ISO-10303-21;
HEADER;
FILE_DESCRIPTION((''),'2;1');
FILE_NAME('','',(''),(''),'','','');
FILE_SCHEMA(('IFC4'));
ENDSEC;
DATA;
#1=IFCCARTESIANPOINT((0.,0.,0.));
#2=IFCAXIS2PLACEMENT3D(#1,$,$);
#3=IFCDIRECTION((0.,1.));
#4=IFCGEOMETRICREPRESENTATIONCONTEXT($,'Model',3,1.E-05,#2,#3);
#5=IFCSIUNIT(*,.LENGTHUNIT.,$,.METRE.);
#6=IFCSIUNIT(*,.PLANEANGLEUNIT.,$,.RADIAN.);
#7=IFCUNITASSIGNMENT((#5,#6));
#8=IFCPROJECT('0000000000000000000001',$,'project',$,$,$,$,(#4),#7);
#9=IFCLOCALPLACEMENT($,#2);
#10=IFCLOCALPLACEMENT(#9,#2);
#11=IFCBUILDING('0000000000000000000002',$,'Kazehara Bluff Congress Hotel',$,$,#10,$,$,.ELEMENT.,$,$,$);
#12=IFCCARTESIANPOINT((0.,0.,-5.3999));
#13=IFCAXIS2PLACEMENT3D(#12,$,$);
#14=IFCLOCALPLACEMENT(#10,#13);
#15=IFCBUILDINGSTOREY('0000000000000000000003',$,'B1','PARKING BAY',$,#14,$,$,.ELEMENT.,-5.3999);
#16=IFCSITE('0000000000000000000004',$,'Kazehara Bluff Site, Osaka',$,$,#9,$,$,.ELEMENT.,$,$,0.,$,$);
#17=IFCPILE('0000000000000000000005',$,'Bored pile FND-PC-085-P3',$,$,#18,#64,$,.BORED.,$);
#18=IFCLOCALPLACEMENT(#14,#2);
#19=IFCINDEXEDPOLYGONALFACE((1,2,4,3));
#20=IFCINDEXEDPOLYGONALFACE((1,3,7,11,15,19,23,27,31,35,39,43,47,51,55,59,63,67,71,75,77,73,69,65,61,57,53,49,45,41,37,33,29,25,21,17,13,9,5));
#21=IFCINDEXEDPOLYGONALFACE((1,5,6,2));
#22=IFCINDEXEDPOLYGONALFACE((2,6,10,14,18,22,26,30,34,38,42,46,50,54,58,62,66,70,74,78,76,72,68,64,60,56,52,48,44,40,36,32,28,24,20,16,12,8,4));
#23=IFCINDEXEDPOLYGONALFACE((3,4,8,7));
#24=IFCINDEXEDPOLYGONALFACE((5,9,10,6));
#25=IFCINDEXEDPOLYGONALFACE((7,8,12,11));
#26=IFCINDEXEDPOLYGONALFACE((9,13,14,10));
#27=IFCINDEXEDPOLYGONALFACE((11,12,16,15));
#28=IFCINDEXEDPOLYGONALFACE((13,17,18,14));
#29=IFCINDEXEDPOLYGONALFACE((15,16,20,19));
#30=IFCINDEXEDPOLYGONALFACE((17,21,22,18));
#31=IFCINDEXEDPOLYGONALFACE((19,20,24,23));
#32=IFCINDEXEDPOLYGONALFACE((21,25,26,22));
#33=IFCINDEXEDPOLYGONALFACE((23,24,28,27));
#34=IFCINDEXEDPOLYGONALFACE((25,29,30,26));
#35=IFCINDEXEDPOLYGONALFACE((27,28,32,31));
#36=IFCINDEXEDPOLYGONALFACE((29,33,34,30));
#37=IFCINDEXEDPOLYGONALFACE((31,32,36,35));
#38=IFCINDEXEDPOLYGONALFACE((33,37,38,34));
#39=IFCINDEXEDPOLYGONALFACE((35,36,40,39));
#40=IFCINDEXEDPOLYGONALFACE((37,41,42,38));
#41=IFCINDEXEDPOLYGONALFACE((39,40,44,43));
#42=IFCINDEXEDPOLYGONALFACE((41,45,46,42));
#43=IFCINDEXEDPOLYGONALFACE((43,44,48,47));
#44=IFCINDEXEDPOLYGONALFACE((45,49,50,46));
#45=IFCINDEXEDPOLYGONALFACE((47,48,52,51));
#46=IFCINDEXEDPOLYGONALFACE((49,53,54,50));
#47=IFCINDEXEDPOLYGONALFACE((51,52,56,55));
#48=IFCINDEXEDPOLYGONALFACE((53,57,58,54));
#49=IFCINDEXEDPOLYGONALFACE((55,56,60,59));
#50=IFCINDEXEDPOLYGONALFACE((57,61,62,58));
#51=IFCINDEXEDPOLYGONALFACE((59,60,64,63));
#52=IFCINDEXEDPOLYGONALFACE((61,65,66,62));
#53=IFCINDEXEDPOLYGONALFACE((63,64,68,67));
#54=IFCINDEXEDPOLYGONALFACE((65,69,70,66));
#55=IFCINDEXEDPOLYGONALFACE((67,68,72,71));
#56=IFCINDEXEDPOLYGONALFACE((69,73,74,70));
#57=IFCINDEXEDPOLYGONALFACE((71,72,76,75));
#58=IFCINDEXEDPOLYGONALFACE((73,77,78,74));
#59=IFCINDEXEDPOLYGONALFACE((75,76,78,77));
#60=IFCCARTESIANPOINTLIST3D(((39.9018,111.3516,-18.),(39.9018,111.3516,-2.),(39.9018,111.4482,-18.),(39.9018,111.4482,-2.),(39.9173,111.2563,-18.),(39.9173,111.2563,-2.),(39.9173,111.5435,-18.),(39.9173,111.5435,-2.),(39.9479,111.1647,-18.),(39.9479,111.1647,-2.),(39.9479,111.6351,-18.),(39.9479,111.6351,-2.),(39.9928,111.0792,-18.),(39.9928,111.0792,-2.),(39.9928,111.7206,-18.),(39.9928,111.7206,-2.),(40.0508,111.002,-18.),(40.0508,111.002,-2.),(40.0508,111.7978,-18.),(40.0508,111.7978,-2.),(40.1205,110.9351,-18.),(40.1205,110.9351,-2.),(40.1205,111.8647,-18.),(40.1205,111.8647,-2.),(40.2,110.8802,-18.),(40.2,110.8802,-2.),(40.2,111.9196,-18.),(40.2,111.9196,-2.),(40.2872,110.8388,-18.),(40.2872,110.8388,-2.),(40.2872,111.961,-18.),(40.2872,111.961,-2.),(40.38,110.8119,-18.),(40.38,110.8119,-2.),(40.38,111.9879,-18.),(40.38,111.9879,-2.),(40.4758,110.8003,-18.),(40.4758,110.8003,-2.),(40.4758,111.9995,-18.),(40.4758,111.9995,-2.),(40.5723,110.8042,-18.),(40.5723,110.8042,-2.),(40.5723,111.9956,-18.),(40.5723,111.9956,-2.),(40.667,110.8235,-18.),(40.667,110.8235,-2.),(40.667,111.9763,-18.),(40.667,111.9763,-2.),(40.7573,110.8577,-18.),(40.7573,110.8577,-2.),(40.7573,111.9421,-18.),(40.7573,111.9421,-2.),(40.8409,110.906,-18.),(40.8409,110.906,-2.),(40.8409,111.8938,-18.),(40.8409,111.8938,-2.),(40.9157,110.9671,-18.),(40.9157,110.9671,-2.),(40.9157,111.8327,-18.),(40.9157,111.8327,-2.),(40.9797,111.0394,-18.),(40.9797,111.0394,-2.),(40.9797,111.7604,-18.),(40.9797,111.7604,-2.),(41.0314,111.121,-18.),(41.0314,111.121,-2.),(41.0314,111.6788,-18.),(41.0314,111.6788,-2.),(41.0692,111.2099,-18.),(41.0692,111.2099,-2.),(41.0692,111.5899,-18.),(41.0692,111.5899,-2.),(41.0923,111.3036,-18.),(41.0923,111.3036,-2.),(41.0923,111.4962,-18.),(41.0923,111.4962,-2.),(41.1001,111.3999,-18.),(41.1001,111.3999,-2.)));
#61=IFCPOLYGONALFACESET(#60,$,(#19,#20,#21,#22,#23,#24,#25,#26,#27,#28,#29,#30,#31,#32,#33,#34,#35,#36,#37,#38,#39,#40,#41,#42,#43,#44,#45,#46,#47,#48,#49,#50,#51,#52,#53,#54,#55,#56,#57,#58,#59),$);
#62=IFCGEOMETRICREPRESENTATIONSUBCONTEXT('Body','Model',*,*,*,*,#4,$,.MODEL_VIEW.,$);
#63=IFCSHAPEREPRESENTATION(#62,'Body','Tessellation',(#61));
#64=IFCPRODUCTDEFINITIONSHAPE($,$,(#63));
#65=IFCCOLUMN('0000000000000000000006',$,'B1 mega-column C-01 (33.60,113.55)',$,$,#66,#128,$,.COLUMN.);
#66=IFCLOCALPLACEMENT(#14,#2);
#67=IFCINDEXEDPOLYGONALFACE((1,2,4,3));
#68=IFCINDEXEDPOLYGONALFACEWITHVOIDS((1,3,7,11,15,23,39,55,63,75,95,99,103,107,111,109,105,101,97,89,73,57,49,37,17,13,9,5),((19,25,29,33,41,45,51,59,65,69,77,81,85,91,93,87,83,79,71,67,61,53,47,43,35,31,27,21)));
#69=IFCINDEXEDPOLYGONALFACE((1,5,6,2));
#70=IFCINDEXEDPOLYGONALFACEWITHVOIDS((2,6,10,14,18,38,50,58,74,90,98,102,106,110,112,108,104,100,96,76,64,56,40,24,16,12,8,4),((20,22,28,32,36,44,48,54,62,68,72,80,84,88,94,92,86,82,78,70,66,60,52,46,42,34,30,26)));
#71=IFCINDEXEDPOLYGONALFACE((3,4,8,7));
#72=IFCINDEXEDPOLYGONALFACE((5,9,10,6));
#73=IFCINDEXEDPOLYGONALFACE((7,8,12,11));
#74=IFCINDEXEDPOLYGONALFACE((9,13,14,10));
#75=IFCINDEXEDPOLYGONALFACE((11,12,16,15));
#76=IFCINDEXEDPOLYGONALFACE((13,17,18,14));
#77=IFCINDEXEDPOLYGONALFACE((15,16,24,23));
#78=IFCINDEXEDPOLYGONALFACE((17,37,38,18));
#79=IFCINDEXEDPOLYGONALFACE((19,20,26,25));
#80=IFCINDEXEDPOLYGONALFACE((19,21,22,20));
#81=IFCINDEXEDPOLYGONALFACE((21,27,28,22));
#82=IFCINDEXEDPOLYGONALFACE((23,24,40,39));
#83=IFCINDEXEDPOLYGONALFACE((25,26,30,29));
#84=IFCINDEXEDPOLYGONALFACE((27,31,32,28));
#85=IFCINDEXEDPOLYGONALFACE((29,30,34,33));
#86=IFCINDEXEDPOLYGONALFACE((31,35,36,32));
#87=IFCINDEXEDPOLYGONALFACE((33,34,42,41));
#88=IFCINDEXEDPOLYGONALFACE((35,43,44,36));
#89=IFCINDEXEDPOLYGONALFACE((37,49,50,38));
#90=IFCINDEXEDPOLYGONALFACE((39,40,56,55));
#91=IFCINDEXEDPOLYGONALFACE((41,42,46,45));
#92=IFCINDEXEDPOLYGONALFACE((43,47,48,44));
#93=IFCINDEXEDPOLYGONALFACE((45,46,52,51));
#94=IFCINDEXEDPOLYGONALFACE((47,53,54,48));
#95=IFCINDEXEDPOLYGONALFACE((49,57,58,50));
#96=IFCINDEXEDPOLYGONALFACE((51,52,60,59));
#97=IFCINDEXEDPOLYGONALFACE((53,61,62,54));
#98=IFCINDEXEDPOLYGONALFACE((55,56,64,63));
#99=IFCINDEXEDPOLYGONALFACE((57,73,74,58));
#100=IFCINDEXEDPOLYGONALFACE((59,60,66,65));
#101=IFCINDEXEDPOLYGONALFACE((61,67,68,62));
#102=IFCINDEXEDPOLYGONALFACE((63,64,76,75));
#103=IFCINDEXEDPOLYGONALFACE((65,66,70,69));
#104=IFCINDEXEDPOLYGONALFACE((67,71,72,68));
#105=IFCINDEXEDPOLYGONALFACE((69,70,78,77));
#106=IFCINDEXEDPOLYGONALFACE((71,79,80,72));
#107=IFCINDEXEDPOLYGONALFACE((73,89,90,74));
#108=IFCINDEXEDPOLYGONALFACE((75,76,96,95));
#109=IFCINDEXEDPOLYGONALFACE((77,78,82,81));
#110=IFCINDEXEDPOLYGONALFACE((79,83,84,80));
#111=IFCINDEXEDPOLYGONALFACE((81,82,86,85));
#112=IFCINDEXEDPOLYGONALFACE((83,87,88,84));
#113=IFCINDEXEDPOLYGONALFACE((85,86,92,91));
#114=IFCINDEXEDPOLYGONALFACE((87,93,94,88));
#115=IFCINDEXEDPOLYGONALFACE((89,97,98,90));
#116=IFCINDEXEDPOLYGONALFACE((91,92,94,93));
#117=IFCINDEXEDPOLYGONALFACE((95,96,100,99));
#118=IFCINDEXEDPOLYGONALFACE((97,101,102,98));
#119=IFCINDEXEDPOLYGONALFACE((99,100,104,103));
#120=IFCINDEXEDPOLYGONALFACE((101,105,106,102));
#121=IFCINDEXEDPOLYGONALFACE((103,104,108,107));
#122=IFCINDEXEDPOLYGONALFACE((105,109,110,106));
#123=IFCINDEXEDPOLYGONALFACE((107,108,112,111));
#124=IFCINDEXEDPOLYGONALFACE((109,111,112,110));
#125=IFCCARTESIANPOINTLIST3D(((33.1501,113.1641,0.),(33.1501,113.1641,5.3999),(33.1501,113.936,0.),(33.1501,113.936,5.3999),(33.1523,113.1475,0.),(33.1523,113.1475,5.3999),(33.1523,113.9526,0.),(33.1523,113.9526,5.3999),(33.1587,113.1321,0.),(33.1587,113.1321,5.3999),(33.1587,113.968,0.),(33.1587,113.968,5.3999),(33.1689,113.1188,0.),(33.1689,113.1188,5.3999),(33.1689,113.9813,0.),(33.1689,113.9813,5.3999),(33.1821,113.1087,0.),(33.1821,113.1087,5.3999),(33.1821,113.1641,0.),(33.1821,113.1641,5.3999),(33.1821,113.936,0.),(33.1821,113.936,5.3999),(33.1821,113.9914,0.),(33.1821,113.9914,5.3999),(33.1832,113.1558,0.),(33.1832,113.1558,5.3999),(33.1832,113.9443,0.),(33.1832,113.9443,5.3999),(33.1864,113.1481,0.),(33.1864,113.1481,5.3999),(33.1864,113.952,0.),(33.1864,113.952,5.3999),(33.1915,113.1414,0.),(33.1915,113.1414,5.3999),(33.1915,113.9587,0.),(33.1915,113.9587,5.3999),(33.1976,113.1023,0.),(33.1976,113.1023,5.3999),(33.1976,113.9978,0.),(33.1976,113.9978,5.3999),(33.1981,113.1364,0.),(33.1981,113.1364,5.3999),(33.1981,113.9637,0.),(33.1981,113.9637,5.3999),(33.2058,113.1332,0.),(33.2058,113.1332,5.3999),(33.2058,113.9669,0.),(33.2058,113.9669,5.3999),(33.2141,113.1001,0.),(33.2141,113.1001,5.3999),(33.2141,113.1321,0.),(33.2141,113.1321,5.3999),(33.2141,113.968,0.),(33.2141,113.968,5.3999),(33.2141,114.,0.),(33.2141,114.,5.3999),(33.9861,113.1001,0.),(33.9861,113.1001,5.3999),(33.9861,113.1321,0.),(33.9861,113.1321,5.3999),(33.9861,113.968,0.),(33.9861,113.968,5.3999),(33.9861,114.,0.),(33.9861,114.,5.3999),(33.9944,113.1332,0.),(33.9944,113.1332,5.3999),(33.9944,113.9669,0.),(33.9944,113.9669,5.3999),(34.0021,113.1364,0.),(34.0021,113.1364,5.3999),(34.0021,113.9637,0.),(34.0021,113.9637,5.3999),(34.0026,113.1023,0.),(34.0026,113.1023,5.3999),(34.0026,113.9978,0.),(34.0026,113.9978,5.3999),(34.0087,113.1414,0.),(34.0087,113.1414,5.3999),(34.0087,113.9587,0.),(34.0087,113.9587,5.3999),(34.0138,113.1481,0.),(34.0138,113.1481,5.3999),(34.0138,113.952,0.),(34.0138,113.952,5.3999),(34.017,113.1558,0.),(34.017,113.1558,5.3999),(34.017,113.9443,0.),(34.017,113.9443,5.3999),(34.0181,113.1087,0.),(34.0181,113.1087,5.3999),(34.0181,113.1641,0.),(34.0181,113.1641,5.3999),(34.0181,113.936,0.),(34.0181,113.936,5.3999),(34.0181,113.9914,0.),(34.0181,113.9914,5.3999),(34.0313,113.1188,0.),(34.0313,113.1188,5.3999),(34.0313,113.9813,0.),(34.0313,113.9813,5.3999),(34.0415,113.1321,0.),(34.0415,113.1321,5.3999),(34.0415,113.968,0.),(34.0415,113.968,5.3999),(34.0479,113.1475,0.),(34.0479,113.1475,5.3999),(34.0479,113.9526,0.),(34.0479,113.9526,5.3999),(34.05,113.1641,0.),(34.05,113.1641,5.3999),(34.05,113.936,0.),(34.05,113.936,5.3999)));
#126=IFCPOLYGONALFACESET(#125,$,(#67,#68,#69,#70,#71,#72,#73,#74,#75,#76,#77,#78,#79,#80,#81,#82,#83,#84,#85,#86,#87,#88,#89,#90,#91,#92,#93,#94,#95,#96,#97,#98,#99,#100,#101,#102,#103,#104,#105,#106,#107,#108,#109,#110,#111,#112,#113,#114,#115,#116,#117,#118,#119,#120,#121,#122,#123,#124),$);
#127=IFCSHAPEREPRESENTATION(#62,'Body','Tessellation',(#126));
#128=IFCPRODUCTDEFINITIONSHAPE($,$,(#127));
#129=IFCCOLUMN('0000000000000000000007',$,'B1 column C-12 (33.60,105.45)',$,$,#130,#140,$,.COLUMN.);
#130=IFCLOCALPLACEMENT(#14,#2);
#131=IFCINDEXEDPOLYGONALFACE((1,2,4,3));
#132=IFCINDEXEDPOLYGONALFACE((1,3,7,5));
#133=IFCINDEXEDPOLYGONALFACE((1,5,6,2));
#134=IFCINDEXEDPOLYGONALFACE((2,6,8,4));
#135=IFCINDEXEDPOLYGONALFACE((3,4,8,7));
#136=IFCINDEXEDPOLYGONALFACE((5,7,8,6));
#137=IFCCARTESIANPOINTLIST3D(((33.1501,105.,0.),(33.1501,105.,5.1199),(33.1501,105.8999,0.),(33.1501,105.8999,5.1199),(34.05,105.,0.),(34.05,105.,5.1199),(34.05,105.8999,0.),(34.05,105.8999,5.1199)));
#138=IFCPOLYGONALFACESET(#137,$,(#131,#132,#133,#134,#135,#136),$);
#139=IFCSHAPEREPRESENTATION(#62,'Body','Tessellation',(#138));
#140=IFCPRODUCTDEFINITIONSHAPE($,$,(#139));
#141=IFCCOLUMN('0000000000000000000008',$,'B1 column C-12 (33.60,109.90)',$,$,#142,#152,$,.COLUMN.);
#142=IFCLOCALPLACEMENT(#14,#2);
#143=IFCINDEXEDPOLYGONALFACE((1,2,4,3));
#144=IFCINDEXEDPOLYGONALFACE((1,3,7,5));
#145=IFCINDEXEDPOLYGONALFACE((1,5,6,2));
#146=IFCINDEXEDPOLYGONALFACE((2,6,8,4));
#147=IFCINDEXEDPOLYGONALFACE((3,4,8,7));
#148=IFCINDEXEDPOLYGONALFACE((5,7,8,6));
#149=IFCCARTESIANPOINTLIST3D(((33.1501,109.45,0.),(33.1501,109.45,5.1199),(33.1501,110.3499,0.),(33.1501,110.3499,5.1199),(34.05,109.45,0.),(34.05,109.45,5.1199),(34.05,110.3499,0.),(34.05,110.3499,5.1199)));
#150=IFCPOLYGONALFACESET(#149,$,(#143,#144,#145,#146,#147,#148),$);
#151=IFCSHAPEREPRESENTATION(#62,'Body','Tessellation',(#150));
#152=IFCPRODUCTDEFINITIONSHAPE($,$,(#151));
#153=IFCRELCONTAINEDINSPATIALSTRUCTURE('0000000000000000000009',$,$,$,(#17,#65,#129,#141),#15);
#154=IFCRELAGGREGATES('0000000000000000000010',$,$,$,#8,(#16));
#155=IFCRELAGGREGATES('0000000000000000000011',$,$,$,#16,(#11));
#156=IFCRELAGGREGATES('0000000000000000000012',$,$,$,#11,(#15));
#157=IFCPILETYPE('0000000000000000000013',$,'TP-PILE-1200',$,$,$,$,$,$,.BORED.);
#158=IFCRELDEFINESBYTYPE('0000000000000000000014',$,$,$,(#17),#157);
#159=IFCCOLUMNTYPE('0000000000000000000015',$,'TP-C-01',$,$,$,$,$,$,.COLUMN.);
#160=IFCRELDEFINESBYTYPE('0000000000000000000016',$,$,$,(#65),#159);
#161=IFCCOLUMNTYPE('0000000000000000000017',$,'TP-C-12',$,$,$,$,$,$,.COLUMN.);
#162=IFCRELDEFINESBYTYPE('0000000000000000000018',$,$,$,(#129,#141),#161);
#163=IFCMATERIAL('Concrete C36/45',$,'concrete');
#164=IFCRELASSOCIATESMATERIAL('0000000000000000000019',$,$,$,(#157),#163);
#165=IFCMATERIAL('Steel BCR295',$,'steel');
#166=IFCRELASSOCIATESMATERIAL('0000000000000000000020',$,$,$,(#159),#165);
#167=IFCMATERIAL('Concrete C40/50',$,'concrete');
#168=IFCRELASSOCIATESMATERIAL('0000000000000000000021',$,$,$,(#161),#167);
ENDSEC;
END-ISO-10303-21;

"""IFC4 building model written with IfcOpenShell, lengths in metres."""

from ifc_helpers import new_model, si_unit, direction, frame, origin, origin_2d, place, context, subcontext, project, spatial, rectangle, hollow_rectangle, circle, extrude, material, material_profile, profile_set, type_object, element, save


model = new_model("IFC4")

# Units and contexts
model_context = context("Model", 3, precision=1e-05, world=origin(), true_north=direction((0.0, 1.0)))
body_context = subcontext(model_context, "Body", "Model", "MODEL_VIEW")
ifc_project = project(units=[si_unit("LENGTHUNIT", "METRE"), si_unit("PLANEANGLEUNIT", "RADIAN")], contexts=[model_context])

# Site, building, storey
site_placement = place(None, origin())
site = spatial("IfcSite", under=ifc_project, at=site_placement, Name="Kazehara Bluff Site, Osaka", CompositionType="ELEMENT", RefElevation=0.0)
building_placement = place(site_placement, origin())
building = spatial("IfcBuilding", under=site, at=building_placement, Name="Kazehara Bluff Congress Hotel", CompositionType="ELEMENT")
storey_placement = place(building_placement, frame((0.0, 0.0, -5.3999)))
storey = spatial("IfcBuildingStorey", under=building, at=storey_placement, Name="B1", Description="PARKING BAY", CompositionType="ELEMENT", Elevation=-5.3999)

# Pile
ifc_material_1 = material(Name="Concrete C36/45", Category="concrete")
ifc_material_profile_1 = material_profile(ifc_material_1, circle(Radius=0.6001, at=origin_2d()))
ifc_profile_set_1 = profile_set([ifc_material_profile_1], Name="Concrete C36/45")
pile_type = type_object("IfcPileType", Name="TP-PILE-1200", PredefinedType="BORED", material=ifc_profile_set_1)
for number, where, z_axis, x_axis, name in (
    (1, (40.5, 111.3999, -2.0), (0.0, 0.0, -1.0), (1.0, 0.0, 0.0), "Bored pile FND-PC-085-P3"),
):
    element("IfcPile", number, at=place(storey_placement, frame(where, z_axis=z_axis, x_axis=x_axis)), inside=storey, type_object=pile_type, Name=name, PredefinedType="BORED", context=body_context, shape_type="SweptSolid", body=[
        extrude(circle(Radius=0.6001, at=origin_2d()), origin(), (0.0, 0.0, 1.0), 16.0),
    ])

# Columns
ifc_material_2 = material(Name="Steel BCR295", Category="steel")
ifc_material_profile_2 = material_profile(ifc_material_2, hollow_rectangle(XDim=0.8999, YDim=0.8999, WallThickness=0.032, InnerFilletRadius=0.032, OuterFilletRadius=0.064, at=origin_2d()))
ifc_profile_set_2 = profile_set([ifc_material_profile_2], Name="Steel BCR295")
column_type_1 = type_object("IfcColumnType", Name="TP-C-01", PredefinedType="COLUMN", material=ifc_profile_set_2)
column_placement = place(storey_placement, frame((33.6001, 113.55, 0.0), z_axis=(0.0, 0.0, 1.0), x_axis=(1.0, 0.0, 0.0)))
element("IfcColumn", 2, at=column_placement, inside=storey, type_object=column_type_1, Name="B1 mega-column C-01 (33.60,113.55)", PredefinedType="COLUMN", context=body_context, shape_type="SweptSolid", body=[
    extrude(hollow_rectangle(XDim=0.8999, YDim=0.8999, WallThickness=0.032, InnerFilletRadius=0.032, OuterFilletRadius=0.064, at=origin_2d()), origin(), (0.0, 0.0, 1.0), 5.3999),
])
ifc_material_3 = material(Name="Concrete C40/50", Category="concrete")
ifc_material_profile_3 = material_profile(ifc_material_3, rectangle(XDim=0.8999, YDim=0.8999, at=origin_2d()))
ifc_profile_set_3 = profile_set([ifc_material_profile_3], Name="Concrete C40/50")
column_type_2 = type_object("IfcColumnType", Name="TP-C-12", PredefinedType="COLUMN", material=ifc_profile_set_3)
for number, where, z_axis, x_axis, name in (
    (3, (33.6001, 105.45, 0.0), (0.0, 0.0, 1.0), (1.0, 0.0, 0.0), "B1 column C-12 (33.60,105.45)"),
    (4, (33.6001, 109.8999, 0.0), (0.0, 0.0, 1.0), (1.0, 0.0, 0.0), "B1 column C-12 (33.60,109.90)"),
):
    element("IfcColumn", number, at=place(storey_placement, frame(where, z_axis=z_axis, x_axis=x_axis)), inside=storey, type_object=column_type_2, Name=name, PredefinedType="COLUMN", context=body_context, shape_type="SweptSolid", body=[
        extrude(rectangle(XDim=0.8999, YDim=0.8999, at=origin_2d()), origin(), (0.0, 0.0, 1.0), 5.1199),
    ])

save(model, "model.ifc")
